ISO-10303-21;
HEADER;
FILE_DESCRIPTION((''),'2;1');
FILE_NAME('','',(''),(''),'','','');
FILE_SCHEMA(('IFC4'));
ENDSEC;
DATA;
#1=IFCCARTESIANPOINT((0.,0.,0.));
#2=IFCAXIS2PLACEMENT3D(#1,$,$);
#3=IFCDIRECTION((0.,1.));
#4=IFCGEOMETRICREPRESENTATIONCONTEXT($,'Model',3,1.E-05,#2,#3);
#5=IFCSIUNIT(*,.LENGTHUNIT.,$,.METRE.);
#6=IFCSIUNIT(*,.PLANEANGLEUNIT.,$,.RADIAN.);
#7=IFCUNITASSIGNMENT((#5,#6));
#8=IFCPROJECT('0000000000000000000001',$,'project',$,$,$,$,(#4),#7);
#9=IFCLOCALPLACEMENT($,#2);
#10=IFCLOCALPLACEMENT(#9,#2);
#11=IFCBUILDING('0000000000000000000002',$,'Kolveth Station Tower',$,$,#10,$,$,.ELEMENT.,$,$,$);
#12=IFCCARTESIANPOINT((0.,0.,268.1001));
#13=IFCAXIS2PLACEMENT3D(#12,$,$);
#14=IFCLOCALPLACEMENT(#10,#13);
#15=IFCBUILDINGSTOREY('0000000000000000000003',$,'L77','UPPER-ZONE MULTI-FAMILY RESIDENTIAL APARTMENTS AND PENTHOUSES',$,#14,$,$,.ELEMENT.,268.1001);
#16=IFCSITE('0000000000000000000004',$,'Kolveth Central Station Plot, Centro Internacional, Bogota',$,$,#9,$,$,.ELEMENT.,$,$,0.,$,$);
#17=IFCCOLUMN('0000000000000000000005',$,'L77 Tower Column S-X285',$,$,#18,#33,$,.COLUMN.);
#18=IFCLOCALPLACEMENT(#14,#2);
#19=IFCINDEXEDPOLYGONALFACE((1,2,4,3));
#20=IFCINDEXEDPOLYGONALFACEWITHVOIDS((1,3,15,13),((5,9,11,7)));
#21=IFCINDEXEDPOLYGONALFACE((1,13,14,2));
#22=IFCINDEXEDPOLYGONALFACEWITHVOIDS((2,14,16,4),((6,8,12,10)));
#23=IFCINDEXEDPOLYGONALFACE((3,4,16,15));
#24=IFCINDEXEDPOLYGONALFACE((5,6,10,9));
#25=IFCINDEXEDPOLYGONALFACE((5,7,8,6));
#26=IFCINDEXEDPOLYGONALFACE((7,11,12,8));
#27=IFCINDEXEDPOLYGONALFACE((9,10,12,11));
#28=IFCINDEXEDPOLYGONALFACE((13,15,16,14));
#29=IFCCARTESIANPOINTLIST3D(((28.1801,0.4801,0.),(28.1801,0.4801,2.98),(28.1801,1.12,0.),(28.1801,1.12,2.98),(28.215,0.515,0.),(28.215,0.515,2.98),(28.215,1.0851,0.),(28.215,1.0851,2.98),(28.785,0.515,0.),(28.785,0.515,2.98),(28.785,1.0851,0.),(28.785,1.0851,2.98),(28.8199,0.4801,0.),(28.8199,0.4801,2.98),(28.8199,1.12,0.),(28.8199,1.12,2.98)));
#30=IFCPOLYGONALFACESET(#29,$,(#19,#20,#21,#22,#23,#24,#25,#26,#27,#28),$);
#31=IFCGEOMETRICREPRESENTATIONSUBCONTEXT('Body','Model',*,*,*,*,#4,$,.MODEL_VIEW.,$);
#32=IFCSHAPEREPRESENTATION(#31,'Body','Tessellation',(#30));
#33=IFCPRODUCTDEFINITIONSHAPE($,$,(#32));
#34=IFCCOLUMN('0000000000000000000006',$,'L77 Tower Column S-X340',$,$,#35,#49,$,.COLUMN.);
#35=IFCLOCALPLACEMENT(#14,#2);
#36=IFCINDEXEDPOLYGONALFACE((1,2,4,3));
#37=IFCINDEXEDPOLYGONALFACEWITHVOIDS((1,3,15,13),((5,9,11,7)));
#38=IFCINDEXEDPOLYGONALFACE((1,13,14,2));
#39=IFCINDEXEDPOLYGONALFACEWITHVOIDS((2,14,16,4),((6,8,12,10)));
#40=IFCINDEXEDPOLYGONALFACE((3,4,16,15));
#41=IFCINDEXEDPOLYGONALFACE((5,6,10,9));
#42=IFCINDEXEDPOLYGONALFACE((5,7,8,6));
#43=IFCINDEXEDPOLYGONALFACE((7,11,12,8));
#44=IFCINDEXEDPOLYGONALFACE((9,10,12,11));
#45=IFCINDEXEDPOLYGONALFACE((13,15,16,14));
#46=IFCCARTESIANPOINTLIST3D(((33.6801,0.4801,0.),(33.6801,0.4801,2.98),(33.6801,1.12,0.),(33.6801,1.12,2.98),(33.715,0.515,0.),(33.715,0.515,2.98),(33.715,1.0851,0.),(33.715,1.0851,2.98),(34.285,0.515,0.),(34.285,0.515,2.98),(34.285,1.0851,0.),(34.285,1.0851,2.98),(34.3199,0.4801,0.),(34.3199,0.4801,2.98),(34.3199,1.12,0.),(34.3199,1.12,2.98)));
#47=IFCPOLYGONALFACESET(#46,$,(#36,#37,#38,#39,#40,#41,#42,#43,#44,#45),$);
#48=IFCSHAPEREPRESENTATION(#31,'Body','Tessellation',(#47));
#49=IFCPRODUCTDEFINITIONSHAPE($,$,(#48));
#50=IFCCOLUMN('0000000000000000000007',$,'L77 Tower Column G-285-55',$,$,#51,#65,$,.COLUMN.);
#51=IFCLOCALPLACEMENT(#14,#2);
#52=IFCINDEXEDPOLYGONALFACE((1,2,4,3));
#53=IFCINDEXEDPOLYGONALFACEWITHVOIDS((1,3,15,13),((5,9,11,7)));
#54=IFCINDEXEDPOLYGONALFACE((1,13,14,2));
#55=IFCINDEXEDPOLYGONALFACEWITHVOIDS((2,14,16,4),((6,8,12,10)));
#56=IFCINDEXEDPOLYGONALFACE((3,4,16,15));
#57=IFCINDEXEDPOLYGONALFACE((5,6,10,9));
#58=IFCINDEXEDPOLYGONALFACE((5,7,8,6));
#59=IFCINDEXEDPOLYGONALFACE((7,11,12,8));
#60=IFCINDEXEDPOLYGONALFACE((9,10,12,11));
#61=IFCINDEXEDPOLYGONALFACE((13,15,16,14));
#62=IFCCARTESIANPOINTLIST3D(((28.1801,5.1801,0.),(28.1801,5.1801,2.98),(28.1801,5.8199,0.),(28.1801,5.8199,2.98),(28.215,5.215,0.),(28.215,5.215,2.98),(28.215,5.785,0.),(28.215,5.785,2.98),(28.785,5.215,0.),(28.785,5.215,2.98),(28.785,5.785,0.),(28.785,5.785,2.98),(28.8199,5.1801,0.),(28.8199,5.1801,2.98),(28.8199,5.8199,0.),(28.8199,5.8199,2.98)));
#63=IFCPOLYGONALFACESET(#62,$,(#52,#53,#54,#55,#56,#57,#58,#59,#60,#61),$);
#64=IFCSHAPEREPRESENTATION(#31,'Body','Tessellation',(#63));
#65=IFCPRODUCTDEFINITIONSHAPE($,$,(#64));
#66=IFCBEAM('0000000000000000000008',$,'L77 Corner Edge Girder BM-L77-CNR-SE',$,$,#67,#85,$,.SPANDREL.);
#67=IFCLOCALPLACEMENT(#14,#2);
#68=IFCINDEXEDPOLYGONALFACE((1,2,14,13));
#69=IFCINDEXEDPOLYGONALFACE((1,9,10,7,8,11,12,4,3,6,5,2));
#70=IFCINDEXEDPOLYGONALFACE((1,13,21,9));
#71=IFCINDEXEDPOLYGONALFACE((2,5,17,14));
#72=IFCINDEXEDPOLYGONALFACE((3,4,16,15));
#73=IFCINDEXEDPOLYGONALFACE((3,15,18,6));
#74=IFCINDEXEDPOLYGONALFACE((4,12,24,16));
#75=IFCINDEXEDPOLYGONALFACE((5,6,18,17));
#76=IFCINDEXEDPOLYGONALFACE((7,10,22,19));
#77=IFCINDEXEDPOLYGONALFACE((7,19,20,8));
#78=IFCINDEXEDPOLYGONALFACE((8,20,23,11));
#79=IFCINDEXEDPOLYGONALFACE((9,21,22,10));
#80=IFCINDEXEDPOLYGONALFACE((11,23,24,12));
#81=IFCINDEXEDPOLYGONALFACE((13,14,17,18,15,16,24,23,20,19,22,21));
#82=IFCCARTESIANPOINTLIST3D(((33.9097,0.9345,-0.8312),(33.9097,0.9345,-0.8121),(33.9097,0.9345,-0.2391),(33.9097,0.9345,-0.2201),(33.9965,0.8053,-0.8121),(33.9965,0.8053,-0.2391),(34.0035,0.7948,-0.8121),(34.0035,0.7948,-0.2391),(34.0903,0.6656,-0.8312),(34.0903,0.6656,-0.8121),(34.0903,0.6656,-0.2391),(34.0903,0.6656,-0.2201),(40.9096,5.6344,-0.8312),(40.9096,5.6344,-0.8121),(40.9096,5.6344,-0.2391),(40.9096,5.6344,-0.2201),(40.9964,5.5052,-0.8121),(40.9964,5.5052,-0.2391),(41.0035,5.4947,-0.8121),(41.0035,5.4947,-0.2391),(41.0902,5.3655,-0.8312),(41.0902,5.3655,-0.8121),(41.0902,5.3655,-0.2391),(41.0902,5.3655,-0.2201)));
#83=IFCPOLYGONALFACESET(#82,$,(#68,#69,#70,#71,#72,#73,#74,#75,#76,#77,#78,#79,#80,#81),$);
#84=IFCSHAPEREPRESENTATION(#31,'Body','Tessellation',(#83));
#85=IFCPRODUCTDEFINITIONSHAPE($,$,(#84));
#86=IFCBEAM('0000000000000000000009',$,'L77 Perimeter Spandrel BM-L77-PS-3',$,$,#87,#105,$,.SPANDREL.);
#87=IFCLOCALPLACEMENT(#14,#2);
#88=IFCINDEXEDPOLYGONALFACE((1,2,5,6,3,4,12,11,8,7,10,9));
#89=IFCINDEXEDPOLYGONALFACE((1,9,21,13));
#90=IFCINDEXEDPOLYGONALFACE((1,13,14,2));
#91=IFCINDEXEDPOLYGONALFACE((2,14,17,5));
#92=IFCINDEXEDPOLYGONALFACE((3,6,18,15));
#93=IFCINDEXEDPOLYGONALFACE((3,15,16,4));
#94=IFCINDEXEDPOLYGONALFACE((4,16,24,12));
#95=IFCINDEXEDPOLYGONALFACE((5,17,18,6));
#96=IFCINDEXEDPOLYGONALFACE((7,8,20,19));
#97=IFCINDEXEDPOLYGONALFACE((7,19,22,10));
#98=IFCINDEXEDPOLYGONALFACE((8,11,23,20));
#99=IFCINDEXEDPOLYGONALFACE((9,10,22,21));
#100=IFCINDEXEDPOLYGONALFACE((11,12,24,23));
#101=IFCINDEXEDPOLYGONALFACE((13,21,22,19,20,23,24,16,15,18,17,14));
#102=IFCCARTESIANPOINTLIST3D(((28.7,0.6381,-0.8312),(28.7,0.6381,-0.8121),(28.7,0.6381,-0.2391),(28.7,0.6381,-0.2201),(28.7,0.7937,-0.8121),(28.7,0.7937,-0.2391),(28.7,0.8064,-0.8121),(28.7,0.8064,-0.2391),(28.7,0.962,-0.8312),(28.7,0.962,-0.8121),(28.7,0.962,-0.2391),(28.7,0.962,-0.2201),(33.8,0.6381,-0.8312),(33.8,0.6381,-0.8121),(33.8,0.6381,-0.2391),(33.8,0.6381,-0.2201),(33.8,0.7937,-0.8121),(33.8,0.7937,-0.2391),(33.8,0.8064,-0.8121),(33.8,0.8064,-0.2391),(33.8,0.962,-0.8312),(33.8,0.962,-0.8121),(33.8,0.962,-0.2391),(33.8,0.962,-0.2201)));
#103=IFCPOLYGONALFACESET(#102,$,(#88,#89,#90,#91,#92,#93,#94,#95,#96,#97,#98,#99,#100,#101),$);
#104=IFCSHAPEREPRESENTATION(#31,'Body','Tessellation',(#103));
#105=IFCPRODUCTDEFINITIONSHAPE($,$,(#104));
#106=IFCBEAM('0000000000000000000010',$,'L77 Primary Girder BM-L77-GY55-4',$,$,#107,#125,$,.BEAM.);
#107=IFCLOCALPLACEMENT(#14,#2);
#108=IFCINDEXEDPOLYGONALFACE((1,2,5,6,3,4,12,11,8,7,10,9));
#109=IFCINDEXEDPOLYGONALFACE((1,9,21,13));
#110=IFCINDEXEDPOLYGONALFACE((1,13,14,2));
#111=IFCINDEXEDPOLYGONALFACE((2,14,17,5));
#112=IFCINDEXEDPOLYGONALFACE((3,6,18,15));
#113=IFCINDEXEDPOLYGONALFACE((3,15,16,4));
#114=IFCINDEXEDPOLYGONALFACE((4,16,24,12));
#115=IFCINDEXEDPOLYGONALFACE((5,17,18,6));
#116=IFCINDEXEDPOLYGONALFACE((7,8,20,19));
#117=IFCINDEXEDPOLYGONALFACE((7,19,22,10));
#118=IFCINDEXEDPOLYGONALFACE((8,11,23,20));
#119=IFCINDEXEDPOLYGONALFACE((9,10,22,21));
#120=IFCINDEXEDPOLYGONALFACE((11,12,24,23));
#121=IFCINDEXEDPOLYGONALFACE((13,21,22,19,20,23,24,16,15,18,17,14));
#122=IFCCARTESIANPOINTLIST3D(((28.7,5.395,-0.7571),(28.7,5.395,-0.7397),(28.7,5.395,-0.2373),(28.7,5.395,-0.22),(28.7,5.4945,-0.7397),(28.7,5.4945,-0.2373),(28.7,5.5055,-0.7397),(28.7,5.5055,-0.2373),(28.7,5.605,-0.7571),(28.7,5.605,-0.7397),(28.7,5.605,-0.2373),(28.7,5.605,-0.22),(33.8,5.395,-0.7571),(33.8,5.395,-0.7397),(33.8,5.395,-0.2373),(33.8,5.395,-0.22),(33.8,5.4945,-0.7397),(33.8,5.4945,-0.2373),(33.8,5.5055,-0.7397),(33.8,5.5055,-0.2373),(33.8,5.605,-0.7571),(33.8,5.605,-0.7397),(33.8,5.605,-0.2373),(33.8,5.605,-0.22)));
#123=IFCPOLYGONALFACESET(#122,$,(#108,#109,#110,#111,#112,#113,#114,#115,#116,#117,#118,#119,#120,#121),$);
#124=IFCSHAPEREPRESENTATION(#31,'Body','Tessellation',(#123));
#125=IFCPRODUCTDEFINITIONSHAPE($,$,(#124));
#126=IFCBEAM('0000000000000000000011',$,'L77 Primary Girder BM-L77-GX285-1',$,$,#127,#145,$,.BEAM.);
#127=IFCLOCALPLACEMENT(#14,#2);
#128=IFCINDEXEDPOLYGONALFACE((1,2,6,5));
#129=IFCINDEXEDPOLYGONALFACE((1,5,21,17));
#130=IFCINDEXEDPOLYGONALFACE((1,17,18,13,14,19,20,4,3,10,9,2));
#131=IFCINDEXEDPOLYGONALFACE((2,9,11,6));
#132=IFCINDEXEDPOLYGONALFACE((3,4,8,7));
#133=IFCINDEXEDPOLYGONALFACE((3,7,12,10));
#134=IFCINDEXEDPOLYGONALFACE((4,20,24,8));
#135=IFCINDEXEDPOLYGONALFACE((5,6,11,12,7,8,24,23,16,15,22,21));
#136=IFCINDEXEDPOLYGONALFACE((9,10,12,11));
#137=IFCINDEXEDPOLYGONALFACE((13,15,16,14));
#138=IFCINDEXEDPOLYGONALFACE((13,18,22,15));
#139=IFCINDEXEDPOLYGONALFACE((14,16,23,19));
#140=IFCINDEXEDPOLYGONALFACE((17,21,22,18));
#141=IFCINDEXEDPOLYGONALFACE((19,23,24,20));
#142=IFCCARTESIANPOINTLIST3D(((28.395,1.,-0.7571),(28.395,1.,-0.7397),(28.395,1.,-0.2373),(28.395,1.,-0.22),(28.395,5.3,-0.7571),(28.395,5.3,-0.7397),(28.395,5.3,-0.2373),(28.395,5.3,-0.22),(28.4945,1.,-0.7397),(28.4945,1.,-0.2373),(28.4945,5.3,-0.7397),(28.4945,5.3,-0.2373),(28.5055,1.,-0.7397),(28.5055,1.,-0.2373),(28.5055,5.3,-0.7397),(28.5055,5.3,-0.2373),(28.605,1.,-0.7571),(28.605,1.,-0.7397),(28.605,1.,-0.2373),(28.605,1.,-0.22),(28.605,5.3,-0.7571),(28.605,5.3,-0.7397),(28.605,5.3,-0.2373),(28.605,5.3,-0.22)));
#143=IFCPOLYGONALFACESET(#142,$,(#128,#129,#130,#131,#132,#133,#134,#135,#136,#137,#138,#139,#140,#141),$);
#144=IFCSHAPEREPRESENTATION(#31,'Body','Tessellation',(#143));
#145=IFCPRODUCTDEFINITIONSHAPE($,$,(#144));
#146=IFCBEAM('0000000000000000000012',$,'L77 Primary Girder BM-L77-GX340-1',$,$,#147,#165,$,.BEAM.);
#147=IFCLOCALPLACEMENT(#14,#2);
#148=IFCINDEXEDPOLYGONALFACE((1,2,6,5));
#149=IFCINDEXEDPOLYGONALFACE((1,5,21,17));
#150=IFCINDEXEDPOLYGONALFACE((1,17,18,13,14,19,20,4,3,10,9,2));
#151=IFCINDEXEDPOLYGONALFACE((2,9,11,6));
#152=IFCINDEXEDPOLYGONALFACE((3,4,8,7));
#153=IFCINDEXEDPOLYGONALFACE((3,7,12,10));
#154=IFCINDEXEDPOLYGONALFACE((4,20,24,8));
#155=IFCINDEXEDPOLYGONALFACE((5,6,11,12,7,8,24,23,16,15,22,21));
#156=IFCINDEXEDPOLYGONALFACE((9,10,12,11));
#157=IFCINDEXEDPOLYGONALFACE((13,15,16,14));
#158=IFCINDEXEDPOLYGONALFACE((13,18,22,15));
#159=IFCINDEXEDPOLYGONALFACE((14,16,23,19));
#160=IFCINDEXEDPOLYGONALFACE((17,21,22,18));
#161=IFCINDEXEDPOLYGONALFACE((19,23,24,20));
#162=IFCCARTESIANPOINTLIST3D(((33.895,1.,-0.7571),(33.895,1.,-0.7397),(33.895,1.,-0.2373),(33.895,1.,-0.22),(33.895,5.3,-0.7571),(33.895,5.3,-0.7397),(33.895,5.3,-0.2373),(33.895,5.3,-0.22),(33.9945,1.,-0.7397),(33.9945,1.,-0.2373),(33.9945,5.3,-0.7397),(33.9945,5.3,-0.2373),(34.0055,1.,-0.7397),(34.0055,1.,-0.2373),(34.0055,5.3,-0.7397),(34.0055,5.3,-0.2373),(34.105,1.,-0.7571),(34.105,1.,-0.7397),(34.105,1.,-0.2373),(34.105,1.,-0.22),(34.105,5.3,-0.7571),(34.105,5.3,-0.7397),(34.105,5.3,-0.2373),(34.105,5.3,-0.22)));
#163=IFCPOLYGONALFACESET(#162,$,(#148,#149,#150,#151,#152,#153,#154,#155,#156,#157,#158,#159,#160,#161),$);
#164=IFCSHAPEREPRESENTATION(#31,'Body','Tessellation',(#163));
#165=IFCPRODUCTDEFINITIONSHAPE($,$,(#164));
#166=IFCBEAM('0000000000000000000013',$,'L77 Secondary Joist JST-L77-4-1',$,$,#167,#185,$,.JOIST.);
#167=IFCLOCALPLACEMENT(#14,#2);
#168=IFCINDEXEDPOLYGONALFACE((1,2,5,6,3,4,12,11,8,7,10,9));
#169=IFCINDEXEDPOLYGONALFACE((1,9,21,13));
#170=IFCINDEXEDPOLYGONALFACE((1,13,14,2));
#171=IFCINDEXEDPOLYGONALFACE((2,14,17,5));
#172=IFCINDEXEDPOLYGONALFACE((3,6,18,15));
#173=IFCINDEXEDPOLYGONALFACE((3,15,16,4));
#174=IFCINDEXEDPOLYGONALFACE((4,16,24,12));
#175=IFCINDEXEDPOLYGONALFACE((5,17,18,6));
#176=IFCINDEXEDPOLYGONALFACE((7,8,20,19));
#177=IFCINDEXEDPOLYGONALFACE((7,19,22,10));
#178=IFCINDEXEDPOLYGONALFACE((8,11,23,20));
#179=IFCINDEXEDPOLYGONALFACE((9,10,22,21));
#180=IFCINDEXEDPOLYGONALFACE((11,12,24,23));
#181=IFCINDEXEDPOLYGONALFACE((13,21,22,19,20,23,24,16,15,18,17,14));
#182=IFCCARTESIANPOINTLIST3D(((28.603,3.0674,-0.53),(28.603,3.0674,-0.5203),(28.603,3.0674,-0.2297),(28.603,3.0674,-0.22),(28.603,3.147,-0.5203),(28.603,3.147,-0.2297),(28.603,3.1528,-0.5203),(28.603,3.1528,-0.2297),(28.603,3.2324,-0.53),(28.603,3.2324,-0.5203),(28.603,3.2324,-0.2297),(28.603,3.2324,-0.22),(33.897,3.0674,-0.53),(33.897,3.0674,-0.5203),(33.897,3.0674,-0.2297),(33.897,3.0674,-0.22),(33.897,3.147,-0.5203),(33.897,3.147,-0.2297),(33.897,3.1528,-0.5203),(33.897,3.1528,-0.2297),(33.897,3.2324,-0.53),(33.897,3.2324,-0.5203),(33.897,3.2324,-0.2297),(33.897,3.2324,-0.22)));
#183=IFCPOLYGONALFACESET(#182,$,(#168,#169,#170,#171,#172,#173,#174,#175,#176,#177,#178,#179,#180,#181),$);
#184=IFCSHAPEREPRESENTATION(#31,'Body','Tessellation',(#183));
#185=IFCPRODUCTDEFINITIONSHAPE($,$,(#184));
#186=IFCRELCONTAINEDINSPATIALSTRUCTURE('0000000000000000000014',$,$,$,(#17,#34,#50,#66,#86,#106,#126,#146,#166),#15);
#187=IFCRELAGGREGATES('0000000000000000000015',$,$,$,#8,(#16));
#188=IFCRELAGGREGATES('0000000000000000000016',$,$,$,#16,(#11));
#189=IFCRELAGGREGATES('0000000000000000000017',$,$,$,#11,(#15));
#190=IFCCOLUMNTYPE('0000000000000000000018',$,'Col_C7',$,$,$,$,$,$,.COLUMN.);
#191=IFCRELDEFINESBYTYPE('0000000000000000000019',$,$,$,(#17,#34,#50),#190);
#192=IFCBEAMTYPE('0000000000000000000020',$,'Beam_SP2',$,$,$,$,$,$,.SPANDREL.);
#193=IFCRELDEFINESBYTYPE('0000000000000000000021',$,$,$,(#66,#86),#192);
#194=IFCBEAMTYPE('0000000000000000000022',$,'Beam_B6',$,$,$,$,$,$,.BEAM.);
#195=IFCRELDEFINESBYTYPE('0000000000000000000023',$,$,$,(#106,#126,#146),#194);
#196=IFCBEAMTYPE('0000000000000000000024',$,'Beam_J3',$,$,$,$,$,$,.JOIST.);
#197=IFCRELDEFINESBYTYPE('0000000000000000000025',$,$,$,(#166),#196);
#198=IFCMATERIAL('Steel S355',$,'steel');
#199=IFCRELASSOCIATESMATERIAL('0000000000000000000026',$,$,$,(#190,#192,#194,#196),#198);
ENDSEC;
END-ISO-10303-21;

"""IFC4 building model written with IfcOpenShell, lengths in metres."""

from ifc_helpers import new_model, si_unit, direction, frame, origin, origin_2d, place, context, subcontext, project, spatial, hollow_rectangle, i_section, extrude, source, transform, mapped, material, material_profile, profile_set, type_object, element, save


model = new_model("IFC4")

# Units and contexts
model_context = context("Model", 3, precision=1e-05, world=origin(), true_north=direction((0.0, 1.0)))
body_context = subcontext(model_context, "Body", "Model", "MODEL_VIEW")
ifc_project = project(units=[si_unit("LENGTHUNIT", "METRE"), si_unit("PLANEANGLEUNIT", "RADIAN")], contexts=[model_context])

# Site, building, storey
site_placement = place(None, origin())
site = spatial("IfcSite", under=ifc_project, at=site_placement, Name="Kolveth Central Station Plot, Centro Internacional, Bogota", CompositionType="ELEMENT", RefElevation=0.0)
building_placement = place(site_placement, origin())
building = spatial("IfcBuilding", under=site, at=building_placement, Name="Kolveth Station Tower", CompositionType="ELEMENT")
storey_placement = place(building_placement, frame((0.0, 0.0, 268.1001)))
storey = spatial("IfcBuildingStorey", under=building, at=storey_placement, Name="L77", Description="UPPER-ZONE MULTI-FAMILY RESIDENTIAL APARTMENTS AND PENTHOUSES", CompositionType="ELEMENT", Elevation=268.1001)

# Columns
ifc_material_1 = material(Name="Steel S355", Category="steel")
ifc_material_profile_1 = material_profile(ifc_material_1, hollow_rectangle(XDim=0.6399, YDim=0.6399, WallThickness=0.0349, at=origin_2d()), Name="BOX640x640x35")
ifc_profile_set_1 = profile_set([ifc_material_profile_1], Name="Steel S355")
column_type = type_object("IfcColumnType", Name="Col_C7", PredefinedType="COLUMN", material=ifc_profile_set_1)
shared_shape_1 = source(origin(), body_context, "Body", "SweptSolid", [
    extrude(hollow_rectangle(XDim=0.6399, YDim=0.6399, WallThickness=0.0349, at=origin_2d()), origin(), (0.0, 0.0, 1.0), 2.98),
])
for number, where, z_axis, x_axis, name in (
    (1, (28.5, 0.8, 0.0), (0.0, 0.0, 1.0), (1.0, 0.0, 0.0), "L77 Tower Column S-X285"),
    (2, (34.0, 0.8, 0.0), (0.0, 0.0, 1.0), (1.0, 0.0, 0.0), "L77 Tower Column S-X340"),
    (3, (28.5, 5.5, 0.0), (0.0, 0.0, 1.0), (1.0, 0.0, 0.0), "L77 Tower Column G-285-55"),
):
    element("IfcColumn", number, at=place(storey_placement, frame(where, z_axis=z_axis, x_axis=x_axis)), inside=storey, type_object=column_type, Name=name, PredefinedType="COLUMN", context=body_context, shape_type="MappedRepresentation", body=[
        mapped(shared_shape_1, transform((0.0, 0.0, 0.0), x_axis=(1.0, 0.0, 0.0), y_axis=(0.0, 1.0, 0.0), z_axis=(0.0, 0.0, 1.0), scale=1.0)),
    ])

# Beams
ifc_material_profile_2 = material_profile(ifc_material_1, i_section(OverallWidth=0.324, OverallDepth=0.6111, WebThickness=0.0127, FlangeThickness=0.019, at=origin_2d()), Name="W610x155")
ifc_profile_set_2 = profile_set([ifc_material_profile_2], Name="Steel S355")
beam_type_1 = type_object("IfcBeamType", Name="Beam_SP2", PredefinedType="SPANDREL", material=ifc_profile_set_2)
shared_shape_2 = source(origin(), body_context, "Body", "SweptSolid", [
    extrude(i_section(OverallWidth=0.324, OverallDepth=0.6111, WebThickness=0.0127, FlangeThickness=0.019, at=origin_2d()), origin(), (0.0, 0.0, 1.0), 8.4314),
])
beam_1_placement = place(storey_placement, frame((34.0, 0.8, -0.5256), z_axis=(0.830224, 0.55743, 0.0), x_axis=(-0.55743, 0.830224, 0.0)))
element("IfcBeam", 4, at=beam_1_placement, inside=storey, type_object=beam_type_1, Name="L77 Corner Edge Girder BM-L77-CNR-SE", PredefinedType="SPANDREL", context=body_context, shape_type="MappedRepresentation", body=[
    mapped(shared_shape_2, transform((0.0, 0.0, 0.0), x_axis=(1.0, 0.0, 0.0), y_axis=(0.0, 1.0, 0.0), z_axis=(0.0, 0.0, 1.0), scale=1.0)),
])
shared_shape_3 = source(origin(), body_context, "Body", "SweptSolid", [
    extrude(i_section(OverallWidth=0.324, OverallDepth=0.6111, WebThickness=0.0127, FlangeThickness=0.019, at=origin_2d()), origin(), (0.0, 0.0, 1.0), 5.1001),
])
beam_2_placement = place(storey_placement, frame((28.7, 0.8, -0.5256), z_axis=(1.0, 0.0, 0.0), x_axis=(0.0, 1.0, 0.0)))
element("IfcBeam", 5, at=beam_2_placement, inside=storey, type_object=beam_type_1, Name="L77 Perimeter Spandrel BM-L77-PS-3", PredefinedType="SPANDREL", context=body_context, shape_type="MappedRepresentation", body=[
    mapped(shared_shape_3, transform((0.0, 0.0, 0.0), x_axis=(1.0, 0.0, 0.0), y_axis=(0.0, 1.0, 0.0), z_axis=(0.0, 0.0, 1.0), scale=1.0)),
])
ifc_material_profile_3 = material_profile(ifc_material_1, i_section(OverallWidth=0.21, OverallDepth=0.5371, WebThickness=0.011, FlangeThickness=0.0173, at=origin_2d()), Name="W530x101")
ifc_profile_set_3 = profile_set([ifc_material_profile_3], Name="Steel S355")
beam_type_2 = type_object("IfcBeamType", Name="Beam_B6", PredefinedType="BEAM", material=ifc_profile_set_3)
shared_shape_4 = source(origin(), body_context, "Body", "SweptSolid", [
    extrude(i_section(OverallWidth=0.21, OverallDepth=0.5371, WebThickness=0.011, FlangeThickness=0.0173, at=origin_2d()), origin(), (0.0, 0.0, 1.0), 5.1001),
])
beam_3_placement = place(storey_placement, frame((28.7, 5.5, -0.4885), z_axis=(1.0, 0.0, 0.0), x_axis=(0.0, 1.0, 0.0)))
element("IfcBeam", 6, at=beam_3_placement, inside=storey, type_object=beam_type_2, Name="L77 Primary Girder BM-L77-GY55-4", PredefinedType="BEAM", context=body_context, shape_type="MappedRepresentation", body=[
    mapped(shared_shape_4, transform((0.0, 0.0, 0.0), x_axis=(1.0, 0.0, 0.0), y_axis=(0.0, 1.0, 0.0), z_axis=(0.0, 0.0, 1.0), scale=1.0)),
])
shared_shape_5 = source(origin(), body_context, "Body", "SweptSolid", [
    extrude(i_section(OverallWidth=0.21, OverallDepth=0.5371, WebThickness=0.011, FlangeThickness=0.0173, at=origin_2d()), origin(), (0.0, 0.0, 1.0), 4.3),
])
for number, where, z_axis, x_axis, name in (
    (7, (28.5, 1.0, -0.4885), (0.0, 1.0, 0.0), (-1.0, 0.0, 0.0), "L77 Primary Girder BM-L77-GX285-1"),
    (8, (34.0, 1.0, -0.4885), (0.0, 1.0, 0.0), (-1.0, 0.0, 0.0), "L77 Primary Girder BM-L77-GX340-1"),
):
    element("IfcBeam", number, at=place(storey_placement, frame(where, z_axis=z_axis, x_axis=x_axis)), inside=storey, type_object=beam_type_2, Name=name, PredefinedType="BEAM", context=body_context, shape_type="MappedRepresentation", body=[
        mapped(shared_shape_5, transform((0.0, 0.0, 0.0), x_axis=(1.0, 0.0, 0.0), y_axis=(0.0, 1.0, 0.0), z_axis=(0.0, 0.0, 1.0), scale=1.0)),
    ])
ifc_material_profile_4 = material_profile(ifc_material_1, i_section(OverallWidth=0.165, OverallDepth=0.3101, WebThickness=0.0059, FlangeThickness=0.0098, at=origin_2d()), Name="W310x39")
ifc_profile_set_4 = profile_set([ifc_material_profile_4], Name="Steel S355")
beam_type_3 = type_object("IfcBeamType", Name="Beam_J3", PredefinedType="JOIST", material=ifc_profile_set_4)
shared_shape_6 = source(origin(), body_context, "Body", "SweptSolid", [
    extrude(i_section(OverallWidth=0.165, OverallDepth=0.3101, WebThickness=0.0059, FlangeThickness=0.0098, at=origin_2d()), origin(), (0.0, 0.0, 1.0), 5.2939),
])
beam_4_placement = place(storey_placement, frame((28.603, 3.1499, -0.375), z_axis=(1.0, 0.0, 0.0), x_axis=(0.0, 1.0, 0.0)))
element("IfcBeam", 9, at=beam_4_placement, inside=storey, type_object=beam_type_3, Name="L77 Secondary Joist JST-L77-4-1", PredefinedType="JOIST", context=body_context, shape_type="MappedRepresentation", body=[
    mapped(shared_shape_6, transform((0.0, 0.0, 0.0), x_axis=(1.0, 0.0, 0.0), y_axis=(0.0, 1.0, 0.0), z_axis=(0.0, 0.0, 1.0), scale=1.0)),
])

save(model, "model.ifc")
